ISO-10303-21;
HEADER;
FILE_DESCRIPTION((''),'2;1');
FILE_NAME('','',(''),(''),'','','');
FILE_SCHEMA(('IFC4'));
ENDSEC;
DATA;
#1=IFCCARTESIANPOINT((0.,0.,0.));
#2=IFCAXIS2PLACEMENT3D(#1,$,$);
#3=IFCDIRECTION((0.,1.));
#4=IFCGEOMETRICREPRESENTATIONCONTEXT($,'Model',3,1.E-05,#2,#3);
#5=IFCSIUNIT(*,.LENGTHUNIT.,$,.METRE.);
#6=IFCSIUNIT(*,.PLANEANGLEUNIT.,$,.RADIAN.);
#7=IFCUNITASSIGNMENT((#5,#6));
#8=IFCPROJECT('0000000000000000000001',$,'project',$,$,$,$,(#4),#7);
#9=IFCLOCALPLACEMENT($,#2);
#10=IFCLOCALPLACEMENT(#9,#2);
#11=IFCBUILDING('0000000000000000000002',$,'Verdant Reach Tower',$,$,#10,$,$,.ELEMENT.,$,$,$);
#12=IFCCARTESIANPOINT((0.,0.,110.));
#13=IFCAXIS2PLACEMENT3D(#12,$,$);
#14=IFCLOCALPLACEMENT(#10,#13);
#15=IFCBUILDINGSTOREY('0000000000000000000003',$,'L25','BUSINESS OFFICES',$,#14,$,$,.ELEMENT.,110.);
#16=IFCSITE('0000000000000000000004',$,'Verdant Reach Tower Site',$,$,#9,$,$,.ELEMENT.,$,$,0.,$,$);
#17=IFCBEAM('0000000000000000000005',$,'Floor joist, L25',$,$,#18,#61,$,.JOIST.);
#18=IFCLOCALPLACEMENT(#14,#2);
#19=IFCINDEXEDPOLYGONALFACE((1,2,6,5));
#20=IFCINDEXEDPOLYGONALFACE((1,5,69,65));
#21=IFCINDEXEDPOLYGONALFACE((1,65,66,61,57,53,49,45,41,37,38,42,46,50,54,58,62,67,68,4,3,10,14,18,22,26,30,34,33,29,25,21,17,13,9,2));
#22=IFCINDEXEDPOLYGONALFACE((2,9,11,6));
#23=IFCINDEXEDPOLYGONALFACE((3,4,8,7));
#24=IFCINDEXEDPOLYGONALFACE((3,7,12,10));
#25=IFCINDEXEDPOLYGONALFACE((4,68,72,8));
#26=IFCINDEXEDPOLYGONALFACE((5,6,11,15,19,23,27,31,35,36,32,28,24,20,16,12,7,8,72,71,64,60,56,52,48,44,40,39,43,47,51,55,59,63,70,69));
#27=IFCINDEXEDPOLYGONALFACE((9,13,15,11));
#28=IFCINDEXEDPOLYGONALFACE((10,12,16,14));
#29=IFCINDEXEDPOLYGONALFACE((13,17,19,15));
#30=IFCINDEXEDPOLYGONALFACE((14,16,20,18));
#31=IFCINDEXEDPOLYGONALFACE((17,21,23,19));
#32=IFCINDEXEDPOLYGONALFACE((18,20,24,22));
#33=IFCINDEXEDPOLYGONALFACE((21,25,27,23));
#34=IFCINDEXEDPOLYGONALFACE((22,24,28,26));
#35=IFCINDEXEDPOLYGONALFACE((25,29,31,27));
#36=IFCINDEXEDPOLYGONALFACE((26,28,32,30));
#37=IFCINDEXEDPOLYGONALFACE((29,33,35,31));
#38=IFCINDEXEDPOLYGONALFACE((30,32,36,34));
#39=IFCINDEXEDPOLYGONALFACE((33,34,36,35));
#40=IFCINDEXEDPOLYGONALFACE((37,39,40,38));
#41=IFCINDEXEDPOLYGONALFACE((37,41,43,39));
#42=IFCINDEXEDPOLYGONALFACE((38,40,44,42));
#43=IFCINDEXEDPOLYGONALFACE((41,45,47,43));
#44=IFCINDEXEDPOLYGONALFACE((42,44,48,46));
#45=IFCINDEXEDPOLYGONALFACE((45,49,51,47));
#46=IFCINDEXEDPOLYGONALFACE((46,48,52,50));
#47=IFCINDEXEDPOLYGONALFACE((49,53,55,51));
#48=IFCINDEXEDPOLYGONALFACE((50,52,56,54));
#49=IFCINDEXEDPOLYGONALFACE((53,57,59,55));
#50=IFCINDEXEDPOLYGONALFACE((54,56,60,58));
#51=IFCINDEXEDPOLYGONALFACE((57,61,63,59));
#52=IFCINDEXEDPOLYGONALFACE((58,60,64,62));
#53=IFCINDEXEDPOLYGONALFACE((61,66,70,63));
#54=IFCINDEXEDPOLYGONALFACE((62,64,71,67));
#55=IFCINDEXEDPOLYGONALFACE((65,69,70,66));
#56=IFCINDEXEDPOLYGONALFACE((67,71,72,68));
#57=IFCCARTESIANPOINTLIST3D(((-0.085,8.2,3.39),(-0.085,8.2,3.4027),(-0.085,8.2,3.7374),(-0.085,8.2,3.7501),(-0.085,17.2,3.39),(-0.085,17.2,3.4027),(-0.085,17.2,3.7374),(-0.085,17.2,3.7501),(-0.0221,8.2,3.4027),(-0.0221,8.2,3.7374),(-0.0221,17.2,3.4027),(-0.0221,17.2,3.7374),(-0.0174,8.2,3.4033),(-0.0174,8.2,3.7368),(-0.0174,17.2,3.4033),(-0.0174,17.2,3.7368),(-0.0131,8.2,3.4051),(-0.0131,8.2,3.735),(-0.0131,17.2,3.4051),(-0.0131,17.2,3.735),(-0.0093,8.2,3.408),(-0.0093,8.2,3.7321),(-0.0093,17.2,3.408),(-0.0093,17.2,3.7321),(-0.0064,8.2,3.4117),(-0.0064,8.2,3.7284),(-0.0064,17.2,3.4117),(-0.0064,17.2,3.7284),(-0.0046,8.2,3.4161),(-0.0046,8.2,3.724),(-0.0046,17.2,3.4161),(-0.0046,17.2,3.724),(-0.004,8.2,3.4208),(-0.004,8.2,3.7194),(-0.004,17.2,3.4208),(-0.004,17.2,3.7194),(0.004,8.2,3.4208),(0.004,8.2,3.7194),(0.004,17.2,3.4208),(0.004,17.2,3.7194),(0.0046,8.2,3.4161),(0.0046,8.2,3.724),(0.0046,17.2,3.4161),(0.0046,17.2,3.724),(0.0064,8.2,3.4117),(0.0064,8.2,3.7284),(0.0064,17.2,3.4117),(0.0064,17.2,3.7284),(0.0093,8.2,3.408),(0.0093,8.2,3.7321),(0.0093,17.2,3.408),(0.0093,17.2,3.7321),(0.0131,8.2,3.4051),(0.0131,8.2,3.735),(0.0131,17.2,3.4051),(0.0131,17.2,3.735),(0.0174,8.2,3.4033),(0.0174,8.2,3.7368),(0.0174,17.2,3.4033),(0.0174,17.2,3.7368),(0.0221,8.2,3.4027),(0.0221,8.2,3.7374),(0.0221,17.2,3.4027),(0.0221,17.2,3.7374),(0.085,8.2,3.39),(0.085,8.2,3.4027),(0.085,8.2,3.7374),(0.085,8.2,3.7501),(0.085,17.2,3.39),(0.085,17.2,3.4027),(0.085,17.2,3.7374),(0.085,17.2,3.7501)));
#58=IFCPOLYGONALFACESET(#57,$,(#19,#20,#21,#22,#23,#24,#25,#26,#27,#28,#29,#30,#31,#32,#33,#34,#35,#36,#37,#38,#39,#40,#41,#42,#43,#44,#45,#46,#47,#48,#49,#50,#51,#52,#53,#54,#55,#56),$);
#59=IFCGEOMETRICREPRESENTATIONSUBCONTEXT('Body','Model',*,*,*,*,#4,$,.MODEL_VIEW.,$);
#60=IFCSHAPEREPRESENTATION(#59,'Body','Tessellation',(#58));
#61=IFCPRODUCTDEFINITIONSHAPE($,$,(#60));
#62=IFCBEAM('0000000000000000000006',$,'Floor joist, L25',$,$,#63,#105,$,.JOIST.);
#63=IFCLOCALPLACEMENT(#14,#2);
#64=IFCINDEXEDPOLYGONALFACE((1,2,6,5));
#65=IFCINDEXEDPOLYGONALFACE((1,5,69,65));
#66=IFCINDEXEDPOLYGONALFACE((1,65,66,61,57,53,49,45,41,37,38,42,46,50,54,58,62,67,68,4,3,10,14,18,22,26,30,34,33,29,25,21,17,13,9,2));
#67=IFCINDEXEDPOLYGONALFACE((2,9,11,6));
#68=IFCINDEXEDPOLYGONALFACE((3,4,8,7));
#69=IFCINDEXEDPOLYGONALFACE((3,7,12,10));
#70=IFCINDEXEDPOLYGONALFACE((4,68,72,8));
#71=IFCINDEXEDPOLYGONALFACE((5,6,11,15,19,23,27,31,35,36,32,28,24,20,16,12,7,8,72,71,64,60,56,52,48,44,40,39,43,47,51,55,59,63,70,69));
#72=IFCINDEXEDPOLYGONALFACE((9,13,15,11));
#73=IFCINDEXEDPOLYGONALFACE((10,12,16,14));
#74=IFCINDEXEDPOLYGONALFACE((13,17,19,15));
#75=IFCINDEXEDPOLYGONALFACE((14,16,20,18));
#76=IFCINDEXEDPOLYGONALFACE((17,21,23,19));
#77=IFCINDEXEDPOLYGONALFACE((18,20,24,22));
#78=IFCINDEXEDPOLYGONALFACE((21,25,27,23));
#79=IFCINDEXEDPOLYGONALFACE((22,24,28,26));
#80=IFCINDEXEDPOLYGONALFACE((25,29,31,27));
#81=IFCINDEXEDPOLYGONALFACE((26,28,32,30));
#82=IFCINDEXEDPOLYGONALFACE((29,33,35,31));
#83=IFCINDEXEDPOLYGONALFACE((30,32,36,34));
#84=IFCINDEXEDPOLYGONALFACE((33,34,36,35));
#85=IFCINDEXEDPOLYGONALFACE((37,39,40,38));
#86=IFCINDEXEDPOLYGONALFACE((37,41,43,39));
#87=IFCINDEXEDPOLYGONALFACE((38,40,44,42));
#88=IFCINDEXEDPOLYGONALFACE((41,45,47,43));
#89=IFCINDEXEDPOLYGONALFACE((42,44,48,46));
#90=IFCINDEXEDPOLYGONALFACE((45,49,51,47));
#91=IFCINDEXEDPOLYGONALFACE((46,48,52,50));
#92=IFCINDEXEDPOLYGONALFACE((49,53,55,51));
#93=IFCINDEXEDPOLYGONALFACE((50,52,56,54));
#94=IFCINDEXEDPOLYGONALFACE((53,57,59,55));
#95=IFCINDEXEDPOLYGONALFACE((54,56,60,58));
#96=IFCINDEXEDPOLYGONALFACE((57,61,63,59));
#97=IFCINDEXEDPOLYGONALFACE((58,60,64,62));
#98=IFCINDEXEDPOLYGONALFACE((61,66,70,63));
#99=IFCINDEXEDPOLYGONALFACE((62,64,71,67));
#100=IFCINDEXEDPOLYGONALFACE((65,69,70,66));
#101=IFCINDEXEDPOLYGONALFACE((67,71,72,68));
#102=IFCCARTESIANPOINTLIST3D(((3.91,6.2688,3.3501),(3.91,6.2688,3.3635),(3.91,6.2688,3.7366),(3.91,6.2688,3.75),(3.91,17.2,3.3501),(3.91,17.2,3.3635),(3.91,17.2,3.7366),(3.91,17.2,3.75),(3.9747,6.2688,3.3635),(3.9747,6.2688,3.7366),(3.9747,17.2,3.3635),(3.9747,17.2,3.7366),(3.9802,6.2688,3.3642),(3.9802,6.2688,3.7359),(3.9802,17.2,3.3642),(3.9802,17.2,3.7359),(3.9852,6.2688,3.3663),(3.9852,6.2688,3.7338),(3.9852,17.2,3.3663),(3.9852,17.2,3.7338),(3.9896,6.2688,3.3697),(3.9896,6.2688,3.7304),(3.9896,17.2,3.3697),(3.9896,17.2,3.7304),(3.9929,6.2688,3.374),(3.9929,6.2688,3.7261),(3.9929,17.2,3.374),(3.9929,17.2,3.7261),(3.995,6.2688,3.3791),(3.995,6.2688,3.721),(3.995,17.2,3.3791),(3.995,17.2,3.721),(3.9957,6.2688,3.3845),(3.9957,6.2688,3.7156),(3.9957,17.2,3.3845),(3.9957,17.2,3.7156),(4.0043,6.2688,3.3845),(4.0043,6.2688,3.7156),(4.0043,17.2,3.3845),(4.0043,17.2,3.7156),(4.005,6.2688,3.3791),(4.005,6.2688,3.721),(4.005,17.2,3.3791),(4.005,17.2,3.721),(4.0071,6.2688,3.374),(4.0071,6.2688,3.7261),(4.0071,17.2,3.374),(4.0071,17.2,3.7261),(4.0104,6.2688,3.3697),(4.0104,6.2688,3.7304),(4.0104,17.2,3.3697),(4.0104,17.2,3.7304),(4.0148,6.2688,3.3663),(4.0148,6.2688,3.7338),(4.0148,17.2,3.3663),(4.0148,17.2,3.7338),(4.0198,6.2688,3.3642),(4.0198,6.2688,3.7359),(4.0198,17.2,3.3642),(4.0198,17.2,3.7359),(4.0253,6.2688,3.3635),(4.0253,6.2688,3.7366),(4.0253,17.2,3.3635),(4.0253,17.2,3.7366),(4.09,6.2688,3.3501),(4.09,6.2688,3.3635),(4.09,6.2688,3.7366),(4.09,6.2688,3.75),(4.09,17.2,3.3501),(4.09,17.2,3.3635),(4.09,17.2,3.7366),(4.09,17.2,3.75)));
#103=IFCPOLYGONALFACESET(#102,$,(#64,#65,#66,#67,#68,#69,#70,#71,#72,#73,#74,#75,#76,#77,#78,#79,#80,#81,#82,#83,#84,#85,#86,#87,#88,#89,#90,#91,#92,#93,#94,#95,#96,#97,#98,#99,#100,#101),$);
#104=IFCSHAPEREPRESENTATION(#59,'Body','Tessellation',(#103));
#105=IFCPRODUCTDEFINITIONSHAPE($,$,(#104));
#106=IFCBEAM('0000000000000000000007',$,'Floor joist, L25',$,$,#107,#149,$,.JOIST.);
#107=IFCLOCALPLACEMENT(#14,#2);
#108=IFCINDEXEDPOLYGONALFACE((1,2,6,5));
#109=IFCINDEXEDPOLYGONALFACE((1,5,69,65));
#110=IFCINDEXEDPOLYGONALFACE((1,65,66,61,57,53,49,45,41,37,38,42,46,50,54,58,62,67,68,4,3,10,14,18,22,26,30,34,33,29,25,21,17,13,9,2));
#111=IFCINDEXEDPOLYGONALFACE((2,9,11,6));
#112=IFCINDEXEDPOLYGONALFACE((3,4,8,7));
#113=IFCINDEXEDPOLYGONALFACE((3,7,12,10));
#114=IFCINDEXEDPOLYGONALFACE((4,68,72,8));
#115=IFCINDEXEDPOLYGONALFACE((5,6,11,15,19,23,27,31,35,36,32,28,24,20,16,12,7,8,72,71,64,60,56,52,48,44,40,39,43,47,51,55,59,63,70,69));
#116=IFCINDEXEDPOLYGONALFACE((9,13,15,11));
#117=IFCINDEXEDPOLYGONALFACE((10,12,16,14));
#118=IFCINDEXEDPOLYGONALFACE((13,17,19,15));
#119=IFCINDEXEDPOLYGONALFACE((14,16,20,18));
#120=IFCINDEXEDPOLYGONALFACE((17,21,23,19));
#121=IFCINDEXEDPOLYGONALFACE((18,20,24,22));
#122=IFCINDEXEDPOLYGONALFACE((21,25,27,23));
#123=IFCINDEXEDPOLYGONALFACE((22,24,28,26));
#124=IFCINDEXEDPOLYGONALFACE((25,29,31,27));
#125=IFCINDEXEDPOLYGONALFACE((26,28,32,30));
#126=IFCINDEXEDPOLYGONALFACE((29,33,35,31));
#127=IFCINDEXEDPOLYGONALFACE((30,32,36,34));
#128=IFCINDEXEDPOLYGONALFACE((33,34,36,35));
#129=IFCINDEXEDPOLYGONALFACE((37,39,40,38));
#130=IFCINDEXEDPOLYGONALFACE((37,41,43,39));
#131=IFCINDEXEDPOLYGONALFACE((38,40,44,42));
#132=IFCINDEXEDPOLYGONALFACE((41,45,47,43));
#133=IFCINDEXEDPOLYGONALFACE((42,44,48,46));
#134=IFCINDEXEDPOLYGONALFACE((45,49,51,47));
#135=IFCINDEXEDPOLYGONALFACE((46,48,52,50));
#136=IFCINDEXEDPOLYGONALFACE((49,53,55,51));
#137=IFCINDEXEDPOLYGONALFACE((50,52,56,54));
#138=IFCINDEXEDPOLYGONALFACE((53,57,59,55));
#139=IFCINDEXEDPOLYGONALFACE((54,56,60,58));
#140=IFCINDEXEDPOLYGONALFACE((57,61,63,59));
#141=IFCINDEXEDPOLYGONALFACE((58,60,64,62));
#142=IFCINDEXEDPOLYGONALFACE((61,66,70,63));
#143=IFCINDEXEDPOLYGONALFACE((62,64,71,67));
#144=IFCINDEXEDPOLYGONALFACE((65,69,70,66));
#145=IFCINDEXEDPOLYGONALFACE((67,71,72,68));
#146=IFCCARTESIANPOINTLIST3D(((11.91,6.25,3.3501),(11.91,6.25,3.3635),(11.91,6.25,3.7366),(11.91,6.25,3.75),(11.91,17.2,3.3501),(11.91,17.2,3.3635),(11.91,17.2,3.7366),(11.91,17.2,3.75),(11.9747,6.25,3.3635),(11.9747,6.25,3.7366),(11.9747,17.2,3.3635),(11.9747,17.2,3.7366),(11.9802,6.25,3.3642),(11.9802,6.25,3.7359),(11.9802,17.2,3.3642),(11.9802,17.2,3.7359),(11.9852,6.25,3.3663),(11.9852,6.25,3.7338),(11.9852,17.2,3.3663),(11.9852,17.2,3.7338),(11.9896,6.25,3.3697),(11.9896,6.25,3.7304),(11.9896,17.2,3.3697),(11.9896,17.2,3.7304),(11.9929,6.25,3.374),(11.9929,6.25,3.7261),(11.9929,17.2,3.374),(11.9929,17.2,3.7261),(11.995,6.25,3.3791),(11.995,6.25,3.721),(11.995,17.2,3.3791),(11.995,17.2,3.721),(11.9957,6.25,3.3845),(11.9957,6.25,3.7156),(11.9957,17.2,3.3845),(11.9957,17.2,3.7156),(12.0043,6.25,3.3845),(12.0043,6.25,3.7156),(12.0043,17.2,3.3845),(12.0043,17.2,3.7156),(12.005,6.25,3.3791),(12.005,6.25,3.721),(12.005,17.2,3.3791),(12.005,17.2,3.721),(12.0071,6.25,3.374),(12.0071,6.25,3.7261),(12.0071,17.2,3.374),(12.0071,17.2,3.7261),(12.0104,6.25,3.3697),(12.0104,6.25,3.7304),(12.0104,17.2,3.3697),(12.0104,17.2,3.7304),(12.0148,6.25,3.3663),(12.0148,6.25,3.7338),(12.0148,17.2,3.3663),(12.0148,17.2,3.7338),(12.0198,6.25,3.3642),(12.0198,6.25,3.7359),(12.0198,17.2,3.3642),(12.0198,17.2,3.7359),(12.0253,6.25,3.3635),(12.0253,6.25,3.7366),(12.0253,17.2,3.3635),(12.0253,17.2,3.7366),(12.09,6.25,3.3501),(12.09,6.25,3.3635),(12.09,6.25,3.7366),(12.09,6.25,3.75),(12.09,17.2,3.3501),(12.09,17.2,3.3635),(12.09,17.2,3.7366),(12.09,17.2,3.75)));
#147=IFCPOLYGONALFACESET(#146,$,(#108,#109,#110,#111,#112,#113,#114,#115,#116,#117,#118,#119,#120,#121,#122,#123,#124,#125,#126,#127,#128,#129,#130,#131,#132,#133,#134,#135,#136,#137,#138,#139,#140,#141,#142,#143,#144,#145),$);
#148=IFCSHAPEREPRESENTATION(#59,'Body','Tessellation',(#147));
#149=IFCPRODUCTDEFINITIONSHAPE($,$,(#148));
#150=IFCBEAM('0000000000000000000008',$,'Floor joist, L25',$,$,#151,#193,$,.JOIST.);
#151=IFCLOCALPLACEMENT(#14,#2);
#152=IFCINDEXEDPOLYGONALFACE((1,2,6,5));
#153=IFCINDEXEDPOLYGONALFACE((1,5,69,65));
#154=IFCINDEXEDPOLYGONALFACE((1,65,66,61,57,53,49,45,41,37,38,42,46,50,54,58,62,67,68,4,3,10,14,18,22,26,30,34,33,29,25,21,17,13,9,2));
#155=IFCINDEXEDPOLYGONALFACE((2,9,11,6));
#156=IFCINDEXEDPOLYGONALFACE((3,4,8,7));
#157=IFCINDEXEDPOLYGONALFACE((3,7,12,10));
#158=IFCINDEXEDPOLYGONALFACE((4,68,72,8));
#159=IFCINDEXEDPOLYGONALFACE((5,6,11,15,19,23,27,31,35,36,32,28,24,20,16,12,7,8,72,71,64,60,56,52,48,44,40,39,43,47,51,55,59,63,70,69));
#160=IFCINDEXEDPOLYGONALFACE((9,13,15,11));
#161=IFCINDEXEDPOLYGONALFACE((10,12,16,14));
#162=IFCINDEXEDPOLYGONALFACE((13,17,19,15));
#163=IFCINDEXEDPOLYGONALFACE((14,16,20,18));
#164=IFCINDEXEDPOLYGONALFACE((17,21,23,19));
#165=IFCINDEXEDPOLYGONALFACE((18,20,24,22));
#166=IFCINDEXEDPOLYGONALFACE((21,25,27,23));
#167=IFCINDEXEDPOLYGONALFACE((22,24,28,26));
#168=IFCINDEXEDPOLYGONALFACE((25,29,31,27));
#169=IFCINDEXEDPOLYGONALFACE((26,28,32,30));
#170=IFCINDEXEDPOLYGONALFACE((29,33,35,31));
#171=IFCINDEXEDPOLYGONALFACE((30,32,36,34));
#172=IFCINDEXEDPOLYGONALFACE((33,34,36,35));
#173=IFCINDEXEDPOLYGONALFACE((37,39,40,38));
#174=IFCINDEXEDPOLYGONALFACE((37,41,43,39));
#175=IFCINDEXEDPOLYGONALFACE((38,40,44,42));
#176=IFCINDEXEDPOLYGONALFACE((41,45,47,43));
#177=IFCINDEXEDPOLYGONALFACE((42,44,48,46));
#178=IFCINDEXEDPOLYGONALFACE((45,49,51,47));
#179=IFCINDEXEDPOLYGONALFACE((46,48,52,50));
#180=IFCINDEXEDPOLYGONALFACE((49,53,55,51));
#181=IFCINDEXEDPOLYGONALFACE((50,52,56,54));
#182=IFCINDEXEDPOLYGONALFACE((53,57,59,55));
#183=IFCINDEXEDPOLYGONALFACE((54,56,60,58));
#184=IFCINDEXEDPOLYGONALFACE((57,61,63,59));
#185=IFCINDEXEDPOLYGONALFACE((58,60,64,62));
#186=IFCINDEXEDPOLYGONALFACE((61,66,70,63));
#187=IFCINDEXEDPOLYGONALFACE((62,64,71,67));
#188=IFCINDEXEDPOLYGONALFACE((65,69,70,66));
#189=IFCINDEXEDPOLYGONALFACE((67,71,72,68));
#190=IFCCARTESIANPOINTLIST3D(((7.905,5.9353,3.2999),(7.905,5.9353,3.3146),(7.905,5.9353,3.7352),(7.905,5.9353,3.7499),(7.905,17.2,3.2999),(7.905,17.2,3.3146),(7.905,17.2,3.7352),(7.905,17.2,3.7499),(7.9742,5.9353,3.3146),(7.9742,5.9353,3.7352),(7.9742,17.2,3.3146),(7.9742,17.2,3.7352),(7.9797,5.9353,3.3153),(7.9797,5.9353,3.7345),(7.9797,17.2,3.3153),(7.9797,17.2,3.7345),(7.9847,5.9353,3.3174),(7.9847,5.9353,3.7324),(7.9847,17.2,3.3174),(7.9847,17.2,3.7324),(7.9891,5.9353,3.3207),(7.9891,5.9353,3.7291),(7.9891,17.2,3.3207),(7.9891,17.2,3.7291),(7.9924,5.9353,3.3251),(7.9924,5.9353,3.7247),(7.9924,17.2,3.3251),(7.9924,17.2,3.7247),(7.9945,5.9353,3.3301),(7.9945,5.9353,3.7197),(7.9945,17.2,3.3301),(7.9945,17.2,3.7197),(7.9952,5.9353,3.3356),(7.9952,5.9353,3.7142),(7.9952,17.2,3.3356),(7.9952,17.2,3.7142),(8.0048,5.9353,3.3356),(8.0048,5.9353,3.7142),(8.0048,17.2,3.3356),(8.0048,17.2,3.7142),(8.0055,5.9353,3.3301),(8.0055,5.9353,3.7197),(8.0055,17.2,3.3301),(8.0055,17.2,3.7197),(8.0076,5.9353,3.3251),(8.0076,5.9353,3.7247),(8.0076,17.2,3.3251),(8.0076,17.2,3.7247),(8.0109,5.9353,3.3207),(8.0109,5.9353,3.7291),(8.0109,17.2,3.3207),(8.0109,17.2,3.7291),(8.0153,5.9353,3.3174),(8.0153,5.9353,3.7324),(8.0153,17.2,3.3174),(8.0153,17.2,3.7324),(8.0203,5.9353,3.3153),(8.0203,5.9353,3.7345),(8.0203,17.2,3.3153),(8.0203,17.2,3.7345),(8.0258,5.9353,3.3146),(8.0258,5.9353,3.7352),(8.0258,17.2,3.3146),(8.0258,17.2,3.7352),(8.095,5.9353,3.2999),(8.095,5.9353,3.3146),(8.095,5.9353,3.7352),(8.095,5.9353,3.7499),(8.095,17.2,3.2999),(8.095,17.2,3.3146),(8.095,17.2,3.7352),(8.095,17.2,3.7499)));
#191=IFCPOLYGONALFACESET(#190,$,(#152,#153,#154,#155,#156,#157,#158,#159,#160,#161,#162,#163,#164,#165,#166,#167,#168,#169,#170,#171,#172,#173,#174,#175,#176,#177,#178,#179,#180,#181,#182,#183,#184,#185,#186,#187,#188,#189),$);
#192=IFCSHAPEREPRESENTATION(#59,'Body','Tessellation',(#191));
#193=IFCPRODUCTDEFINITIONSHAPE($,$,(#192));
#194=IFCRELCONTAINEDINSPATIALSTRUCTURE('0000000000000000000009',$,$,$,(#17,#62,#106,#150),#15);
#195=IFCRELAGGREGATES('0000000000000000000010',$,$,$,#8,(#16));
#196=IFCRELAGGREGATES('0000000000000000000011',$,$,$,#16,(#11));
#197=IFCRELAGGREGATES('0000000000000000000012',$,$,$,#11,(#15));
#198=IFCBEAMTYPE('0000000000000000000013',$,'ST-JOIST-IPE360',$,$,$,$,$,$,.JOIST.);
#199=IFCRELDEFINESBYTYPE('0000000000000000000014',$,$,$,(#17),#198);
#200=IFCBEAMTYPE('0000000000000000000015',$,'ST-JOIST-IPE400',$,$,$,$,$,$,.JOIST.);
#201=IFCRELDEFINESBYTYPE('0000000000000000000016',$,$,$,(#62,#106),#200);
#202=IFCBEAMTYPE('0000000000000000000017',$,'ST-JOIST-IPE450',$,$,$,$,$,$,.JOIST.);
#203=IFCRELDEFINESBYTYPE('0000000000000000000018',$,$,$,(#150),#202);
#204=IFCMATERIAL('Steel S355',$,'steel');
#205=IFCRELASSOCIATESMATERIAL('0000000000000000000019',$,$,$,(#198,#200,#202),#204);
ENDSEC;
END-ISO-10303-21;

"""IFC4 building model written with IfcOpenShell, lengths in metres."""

from ifc_helpers import new_model, si_unit, direction, frame, origin, origin_2d, place, context, subcontext, project, spatial, i_section, extrude, material, material_profile, profile_set, type_object, element, save


model = new_model("IFC4")

# Units and contexts
model_context = context("Model", 3, precision=1e-05, world=origin(), true_north=direction((0.0, 1.0)))
body_context = subcontext(model_context, "Body", "Model", "MODEL_VIEW")
ifc_project = project(units=[si_unit("LENGTHUNIT", "METRE"), si_unit("PLANEANGLEUNIT", "RADIAN")], contexts=[model_context])

# Site, building, storey
site_placement = place(None, origin())
site = spatial("IfcSite", under=ifc_project, at=site_placement, Name="Verdant Reach Tower Site", CompositionType="ELEMENT", RefElevation=0.0)
building_placement = place(site_placement, origin())
building = spatial("IfcBuilding", under=site, at=building_placement, Name="Verdant Reach Tower", CompositionType="ELEMENT")
storey_placement = place(building_placement, frame((0.0, 0.0, 110.0)))
storey = spatial("IfcBuildingStorey", under=building, at=storey_placement, Name="L25", Description="BUSINESS OFFICES", CompositionType="ELEMENT", Elevation=110.0)

# Beams
ifc_material_1 = material(Name="Steel S355", Category="steel")
ifc_material_profile_1 = material_profile(ifc_material_1, i_section(OverallWidth=0.1699, OverallDepth=0.3601, WebThickness=0.0081, FlangeThickness=0.0127, FilletRadius=0.0181, at=origin_2d()), Name="IPE 360")
ifc_profile_set_1 = profile_set([ifc_material_profile_1], Name="Steel S355")
beam_type_1 = type_object("IfcBeamType", Name="ST-JOIST-IPE360", PredefinedType="JOIST", material=ifc_profile_set_1)
beam_1_placement = place(storey_placement, frame((0.0, 17.2, 3.5701), z_axis=(0.0, -1.0, 0.0), x_axis=(1.0, 0.0, 0.0)))
element("IfcBeam", 1, at=beam_1_placement, inside=storey, type_object=beam_type_1, Name="Floor joist, L25", PredefinedType="JOIST", context=body_context, shape_type="SweptSolid", body=[
    extrude(i_section(OverallWidth=0.1699, OverallDepth=0.3601, WebThickness=0.0081, FlangeThickness=0.0127, FilletRadius=0.0181, at=origin_2d()), origin(), (0.0, 0.0, 1.0), 9.0),
])
ifc_material_profile_2 = material_profile(ifc_material_1, i_section(OverallWidth=0.1799, OverallDepth=0.3999, WebThickness=0.0085, FlangeThickness=0.0134, FilletRadius=0.021, at=origin_2d()), Name="IPE 400")
ifc_profile_set_2 = profile_set([ifc_material_profile_2], Name="Steel S355")
beam_type_2 = type_object("IfcBeamType", Name="ST-JOIST-IPE400", PredefinedType="JOIST", material=ifc_profile_set_2)
beam_2_placement = place(storey_placement, frame((4.0, 17.2, 3.55), z_axis=(0.0, -1.0, 0.0), x_axis=(1.0, 0.0, 0.0)))
element("IfcBeam", 2, at=beam_2_placement, inside=storey, type_object=beam_type_2, Name="Floor joist, L25", PredefinedType="JOIST", context=body_context, shape_type="SweptSolid", body=[
    extrude(i_section(OverallWidth=0.1799, OverallDepth=0.3999, WebThickness=0.0085, FlangeThickness=0.0134, FilletRadius=0.021, at=origin_2d()), origin(), (0.0, 0.0, 1.0), 10.9312),
])
beam_3_placement = place(storey_placement, frame((12.0, 17.2, 3.55), z_axis=(0.0, -1.0, 0.0), x_axis=(1.0, 0.0, 0.0)))
element("IfcBeam", 3, at=beam_3_placement, inside=storey, type_object=beam_type_2, Name="Floor joist, L25", PredefinedType="JOIST", context=body_context, shape_type="SweptSolid", body=[
    extrude(i_section(OverallWidth=0.1799, OverallDepth=0.3999, WebThickness=0.0085, FlangeThickness=0.0134, FilletRadius=0.021, at=origin_2d()), origin(), (0.0, 0.0, 1.0), 10.95),
])
ifc_material_profile_3 = material_profile(ifc_material_1, i_section(OverallWidth=0.1899, OverallDepth=0.45, WebThickness=0.0095, FlangeThickness=0.0146, FilletRadius=0.021, at=origin_2d()), Name="IPE 450")
ifc_profile_set_3 = profile_set([ifc_material_profile_3], Name="Steel S355")
beam_type_3 = type_object("IfcBeamType", Name="ST-JOIST-IPE450", PredefinedType="JOIST", material=ifc_profile_set_3)
beam_4_placement = place(storey_placement, frame((8.0, 17.2, 3.5249), z_axis=(0.0, -1.0, 0.0), x_axis=(1.0, 0.0, 0.0)))
element("IfcBeam", 4, at=beam_4_placement, inside=storey, type_object=beam_type_3, Name="Floor joist, L25", PredefinedType="JOIST", context=body_context, shape_type="SweptSolid", body=[
    extrude(i_section(OverallWidth=0.1899, OverallDepth=0.45, WebThickness=0.0095, FlangeThickness=0.0146, FilletRadius=0.021, at=origin_2d()), origin(), (0.0, 0.0, 1.0), 11.2646),
])

save(model, "model.ifc")
